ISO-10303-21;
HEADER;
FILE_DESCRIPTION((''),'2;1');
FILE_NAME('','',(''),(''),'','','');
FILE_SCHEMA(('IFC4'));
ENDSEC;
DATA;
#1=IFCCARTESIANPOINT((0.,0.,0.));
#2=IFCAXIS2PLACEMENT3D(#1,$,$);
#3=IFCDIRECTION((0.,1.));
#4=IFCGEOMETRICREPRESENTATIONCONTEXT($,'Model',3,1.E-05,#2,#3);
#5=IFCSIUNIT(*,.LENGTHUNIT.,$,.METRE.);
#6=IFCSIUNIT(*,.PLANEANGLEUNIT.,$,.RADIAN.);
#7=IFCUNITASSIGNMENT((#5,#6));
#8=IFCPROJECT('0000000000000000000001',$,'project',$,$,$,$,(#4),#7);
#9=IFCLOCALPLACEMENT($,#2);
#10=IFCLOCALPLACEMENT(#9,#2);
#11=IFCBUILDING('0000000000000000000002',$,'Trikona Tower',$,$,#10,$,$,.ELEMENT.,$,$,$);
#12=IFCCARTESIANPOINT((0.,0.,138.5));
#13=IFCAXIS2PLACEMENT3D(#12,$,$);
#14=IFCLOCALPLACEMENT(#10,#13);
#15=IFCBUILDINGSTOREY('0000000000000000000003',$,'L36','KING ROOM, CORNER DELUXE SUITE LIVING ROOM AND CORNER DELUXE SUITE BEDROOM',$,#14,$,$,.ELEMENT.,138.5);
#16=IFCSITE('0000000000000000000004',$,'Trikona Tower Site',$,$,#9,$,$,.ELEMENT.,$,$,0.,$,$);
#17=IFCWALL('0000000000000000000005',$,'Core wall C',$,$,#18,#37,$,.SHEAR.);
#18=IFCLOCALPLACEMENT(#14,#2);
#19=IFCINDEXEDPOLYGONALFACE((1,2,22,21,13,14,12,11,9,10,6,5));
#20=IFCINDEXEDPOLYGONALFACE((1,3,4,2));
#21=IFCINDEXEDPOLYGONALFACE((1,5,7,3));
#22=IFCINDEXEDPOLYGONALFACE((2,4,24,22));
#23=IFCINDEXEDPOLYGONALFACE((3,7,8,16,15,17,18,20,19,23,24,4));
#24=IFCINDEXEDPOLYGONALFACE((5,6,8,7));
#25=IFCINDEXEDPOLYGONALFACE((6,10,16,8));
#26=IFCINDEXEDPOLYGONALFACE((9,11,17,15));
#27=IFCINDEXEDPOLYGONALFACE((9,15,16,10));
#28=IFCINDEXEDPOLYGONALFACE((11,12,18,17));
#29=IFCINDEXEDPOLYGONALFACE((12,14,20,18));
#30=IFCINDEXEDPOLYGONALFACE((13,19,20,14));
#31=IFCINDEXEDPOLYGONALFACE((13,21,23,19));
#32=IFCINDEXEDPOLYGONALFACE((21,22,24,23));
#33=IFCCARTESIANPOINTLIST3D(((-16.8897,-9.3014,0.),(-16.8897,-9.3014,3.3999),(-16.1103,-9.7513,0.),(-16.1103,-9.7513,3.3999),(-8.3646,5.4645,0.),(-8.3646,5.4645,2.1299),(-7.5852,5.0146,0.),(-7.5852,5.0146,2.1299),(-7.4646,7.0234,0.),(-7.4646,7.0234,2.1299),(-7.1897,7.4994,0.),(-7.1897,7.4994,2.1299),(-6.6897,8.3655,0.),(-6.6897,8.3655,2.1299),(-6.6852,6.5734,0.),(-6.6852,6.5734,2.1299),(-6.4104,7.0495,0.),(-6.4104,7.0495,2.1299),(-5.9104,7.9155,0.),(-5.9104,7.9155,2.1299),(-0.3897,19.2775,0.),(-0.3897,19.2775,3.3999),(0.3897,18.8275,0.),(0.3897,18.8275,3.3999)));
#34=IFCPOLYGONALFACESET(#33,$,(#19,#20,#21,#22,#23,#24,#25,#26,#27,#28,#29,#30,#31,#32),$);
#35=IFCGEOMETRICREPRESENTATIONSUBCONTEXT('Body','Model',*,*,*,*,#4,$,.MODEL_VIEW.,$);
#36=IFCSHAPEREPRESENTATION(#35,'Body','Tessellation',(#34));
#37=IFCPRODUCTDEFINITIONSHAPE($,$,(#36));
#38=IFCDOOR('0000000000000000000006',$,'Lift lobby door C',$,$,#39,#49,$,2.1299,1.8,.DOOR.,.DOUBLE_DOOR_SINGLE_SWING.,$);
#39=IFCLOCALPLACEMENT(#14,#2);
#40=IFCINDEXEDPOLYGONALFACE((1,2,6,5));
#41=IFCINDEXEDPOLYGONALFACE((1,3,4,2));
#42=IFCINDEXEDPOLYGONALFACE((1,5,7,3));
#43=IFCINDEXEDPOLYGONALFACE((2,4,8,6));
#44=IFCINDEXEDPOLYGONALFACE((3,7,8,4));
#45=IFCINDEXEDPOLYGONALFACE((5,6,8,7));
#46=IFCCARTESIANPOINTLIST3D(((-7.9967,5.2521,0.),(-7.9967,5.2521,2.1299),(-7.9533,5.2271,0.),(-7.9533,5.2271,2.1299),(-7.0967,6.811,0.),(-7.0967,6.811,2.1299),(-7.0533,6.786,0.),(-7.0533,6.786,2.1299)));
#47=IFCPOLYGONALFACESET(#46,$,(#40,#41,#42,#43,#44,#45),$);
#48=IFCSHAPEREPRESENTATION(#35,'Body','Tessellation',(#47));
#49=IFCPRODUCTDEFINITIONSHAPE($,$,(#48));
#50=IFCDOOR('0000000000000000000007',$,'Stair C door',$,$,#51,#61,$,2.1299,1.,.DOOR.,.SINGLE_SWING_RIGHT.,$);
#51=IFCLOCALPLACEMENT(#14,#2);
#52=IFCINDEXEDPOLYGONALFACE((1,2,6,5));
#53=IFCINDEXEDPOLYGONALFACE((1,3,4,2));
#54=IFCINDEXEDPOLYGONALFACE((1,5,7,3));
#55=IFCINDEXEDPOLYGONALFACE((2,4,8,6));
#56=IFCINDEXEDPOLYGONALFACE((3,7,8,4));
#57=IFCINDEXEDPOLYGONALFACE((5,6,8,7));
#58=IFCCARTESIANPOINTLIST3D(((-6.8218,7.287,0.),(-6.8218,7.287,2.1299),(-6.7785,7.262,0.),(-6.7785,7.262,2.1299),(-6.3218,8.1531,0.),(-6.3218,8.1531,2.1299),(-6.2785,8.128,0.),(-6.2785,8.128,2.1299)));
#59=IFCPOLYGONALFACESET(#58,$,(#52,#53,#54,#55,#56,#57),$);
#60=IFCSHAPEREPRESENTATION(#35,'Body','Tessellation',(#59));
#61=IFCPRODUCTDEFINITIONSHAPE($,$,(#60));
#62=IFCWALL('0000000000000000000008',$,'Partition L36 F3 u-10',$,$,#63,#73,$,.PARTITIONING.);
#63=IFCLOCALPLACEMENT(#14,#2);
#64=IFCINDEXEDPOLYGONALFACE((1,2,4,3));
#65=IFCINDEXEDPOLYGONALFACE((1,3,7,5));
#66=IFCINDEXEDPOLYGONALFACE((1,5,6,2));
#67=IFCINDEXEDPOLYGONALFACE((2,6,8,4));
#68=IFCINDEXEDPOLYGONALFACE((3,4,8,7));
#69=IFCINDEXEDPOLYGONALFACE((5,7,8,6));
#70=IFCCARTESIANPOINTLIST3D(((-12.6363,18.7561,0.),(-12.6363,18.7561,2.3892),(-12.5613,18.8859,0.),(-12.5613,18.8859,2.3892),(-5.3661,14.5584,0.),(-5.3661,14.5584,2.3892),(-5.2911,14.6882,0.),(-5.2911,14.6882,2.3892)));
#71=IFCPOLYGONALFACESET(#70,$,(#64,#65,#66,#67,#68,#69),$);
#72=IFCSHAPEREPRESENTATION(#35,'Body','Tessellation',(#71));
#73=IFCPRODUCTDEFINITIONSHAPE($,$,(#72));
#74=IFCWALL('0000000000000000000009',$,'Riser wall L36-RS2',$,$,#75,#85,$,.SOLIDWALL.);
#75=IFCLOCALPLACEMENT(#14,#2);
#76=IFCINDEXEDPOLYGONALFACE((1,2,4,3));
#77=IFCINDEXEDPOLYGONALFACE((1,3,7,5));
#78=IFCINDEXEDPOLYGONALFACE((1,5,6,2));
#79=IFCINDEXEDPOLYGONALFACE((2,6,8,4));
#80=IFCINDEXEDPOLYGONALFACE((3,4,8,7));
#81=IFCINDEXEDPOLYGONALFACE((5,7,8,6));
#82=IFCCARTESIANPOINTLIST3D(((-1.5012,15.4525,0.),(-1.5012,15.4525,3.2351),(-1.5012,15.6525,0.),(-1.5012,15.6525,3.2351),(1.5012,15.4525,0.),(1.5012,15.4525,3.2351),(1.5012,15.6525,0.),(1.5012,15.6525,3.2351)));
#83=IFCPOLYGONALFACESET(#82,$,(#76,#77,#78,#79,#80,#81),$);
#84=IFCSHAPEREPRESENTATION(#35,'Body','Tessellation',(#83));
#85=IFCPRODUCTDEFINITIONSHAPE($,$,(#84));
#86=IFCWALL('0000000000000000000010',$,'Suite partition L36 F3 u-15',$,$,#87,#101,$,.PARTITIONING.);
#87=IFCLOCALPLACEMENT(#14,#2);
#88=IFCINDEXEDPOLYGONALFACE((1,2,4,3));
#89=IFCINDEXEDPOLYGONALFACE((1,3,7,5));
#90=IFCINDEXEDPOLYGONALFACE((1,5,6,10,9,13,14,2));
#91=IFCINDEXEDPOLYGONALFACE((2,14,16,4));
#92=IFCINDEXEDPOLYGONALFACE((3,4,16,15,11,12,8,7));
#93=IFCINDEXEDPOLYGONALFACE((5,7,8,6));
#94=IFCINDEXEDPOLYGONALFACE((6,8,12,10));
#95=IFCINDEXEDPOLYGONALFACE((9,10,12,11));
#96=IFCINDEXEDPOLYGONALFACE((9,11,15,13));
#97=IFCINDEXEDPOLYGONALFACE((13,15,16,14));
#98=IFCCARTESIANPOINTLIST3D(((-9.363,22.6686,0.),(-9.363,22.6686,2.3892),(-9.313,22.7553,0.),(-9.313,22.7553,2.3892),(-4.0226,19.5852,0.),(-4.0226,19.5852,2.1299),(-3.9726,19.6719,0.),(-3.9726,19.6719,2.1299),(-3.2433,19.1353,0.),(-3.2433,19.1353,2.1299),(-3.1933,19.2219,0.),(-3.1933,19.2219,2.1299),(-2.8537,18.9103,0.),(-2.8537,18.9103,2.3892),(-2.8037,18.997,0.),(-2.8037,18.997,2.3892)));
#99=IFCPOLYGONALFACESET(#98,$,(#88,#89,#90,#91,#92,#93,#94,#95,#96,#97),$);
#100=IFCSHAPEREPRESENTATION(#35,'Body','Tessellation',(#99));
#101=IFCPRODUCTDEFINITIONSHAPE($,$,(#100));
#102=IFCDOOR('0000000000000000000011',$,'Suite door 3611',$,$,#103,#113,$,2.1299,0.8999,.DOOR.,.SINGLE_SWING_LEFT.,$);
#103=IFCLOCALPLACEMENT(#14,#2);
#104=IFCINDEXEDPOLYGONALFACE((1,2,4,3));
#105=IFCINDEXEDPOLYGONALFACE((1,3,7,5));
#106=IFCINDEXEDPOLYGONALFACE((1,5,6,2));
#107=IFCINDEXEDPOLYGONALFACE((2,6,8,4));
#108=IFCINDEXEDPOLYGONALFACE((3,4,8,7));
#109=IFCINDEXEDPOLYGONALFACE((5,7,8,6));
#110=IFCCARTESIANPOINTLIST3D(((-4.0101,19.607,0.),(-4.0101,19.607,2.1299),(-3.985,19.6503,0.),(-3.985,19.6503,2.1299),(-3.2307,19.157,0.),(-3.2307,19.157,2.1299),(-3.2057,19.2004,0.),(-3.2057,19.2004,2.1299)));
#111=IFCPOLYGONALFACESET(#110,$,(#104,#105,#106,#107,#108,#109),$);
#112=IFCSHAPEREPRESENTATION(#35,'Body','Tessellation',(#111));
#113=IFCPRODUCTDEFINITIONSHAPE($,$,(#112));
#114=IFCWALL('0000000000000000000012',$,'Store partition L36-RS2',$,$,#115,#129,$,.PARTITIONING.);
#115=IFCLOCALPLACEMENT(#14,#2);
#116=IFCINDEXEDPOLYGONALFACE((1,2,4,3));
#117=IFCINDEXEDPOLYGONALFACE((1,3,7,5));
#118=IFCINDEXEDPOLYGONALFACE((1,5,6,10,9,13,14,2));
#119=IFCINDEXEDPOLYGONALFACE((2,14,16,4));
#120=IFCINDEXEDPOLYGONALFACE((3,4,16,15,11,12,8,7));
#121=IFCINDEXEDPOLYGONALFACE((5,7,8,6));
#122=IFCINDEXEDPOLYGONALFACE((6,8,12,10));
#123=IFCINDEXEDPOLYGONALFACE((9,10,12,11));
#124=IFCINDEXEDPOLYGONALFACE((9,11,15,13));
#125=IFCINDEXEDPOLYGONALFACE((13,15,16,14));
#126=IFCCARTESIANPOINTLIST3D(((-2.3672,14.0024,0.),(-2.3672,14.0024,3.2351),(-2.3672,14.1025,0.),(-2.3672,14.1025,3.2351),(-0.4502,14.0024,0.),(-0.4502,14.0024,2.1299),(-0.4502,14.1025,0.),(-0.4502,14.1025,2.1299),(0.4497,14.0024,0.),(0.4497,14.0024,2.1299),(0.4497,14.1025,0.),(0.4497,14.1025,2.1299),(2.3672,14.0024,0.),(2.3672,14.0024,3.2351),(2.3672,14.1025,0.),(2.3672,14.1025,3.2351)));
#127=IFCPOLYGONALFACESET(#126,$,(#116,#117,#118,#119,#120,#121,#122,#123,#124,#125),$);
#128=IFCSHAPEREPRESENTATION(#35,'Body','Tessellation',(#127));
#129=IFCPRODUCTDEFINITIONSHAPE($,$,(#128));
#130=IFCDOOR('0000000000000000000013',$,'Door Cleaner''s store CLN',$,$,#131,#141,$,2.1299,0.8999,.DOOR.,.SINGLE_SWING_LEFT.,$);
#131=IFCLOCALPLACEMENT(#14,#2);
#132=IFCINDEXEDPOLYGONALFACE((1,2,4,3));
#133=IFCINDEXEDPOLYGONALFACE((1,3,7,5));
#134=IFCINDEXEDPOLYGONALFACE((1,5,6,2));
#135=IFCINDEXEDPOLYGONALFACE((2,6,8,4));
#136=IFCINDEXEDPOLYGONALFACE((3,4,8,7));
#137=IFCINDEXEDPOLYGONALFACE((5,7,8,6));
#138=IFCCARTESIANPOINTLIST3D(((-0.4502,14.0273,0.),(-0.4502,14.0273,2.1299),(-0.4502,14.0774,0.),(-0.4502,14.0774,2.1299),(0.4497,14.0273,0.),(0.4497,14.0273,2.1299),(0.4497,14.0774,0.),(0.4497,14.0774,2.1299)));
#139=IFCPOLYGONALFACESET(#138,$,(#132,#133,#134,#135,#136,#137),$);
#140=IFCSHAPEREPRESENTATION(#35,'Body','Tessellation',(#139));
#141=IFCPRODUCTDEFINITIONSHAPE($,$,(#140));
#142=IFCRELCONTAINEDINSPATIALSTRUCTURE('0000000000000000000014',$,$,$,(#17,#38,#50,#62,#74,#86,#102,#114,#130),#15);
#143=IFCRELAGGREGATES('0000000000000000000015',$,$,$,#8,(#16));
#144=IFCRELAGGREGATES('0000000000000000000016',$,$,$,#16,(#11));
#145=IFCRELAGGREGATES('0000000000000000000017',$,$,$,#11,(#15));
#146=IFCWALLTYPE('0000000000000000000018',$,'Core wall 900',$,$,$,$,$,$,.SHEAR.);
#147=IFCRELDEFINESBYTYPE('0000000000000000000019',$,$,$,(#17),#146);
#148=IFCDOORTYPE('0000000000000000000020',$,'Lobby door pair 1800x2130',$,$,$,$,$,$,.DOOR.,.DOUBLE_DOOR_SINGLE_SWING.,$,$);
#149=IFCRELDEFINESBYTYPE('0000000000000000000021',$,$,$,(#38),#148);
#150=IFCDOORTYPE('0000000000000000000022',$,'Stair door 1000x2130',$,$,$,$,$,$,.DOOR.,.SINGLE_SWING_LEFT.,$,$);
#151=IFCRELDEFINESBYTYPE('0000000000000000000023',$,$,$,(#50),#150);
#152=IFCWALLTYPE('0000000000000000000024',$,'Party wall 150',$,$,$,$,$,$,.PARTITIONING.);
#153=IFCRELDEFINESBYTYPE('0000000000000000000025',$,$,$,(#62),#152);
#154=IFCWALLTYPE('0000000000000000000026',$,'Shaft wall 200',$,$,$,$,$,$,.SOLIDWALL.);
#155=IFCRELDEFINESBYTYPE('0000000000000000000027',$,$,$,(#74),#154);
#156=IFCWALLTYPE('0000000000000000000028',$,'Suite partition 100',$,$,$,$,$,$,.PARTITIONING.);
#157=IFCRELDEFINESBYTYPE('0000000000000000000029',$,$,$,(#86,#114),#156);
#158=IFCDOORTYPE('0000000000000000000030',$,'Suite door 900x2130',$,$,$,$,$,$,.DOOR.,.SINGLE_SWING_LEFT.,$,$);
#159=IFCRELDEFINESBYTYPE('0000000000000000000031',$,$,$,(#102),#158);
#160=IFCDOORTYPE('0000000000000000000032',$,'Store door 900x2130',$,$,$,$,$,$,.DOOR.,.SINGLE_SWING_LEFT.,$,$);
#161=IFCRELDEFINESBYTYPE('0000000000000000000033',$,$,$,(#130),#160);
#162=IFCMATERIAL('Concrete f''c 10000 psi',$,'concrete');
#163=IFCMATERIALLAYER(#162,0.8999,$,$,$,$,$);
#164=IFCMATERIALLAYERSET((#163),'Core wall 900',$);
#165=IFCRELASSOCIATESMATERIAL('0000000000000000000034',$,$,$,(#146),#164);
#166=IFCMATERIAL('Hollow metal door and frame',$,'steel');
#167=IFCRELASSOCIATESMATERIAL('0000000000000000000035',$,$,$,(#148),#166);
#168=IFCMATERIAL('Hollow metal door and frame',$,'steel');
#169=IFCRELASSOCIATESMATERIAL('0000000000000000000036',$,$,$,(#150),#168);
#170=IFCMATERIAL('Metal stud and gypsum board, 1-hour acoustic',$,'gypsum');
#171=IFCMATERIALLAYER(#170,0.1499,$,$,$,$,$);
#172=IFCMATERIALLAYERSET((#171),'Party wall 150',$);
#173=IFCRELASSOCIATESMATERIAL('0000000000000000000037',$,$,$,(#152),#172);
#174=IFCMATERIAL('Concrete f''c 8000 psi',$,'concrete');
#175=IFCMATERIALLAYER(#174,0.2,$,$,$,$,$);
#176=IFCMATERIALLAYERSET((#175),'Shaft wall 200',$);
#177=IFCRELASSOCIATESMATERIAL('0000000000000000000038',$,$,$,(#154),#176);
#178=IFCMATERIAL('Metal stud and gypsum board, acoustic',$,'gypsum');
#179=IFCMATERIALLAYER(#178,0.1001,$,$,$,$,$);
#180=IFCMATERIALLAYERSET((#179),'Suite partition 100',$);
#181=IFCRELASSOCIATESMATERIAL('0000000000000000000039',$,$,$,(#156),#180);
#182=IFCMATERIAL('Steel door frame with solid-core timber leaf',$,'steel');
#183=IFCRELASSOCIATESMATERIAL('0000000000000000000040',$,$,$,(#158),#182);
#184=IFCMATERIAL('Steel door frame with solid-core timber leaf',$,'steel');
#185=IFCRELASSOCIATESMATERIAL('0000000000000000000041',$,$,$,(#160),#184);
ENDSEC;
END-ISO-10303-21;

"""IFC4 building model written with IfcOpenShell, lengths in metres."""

from ifc_helpers import new_model, si_unit, direction, frame, frame_2d, origin, place, context, subcontext, project, spatial, rectangle, extrude, material, layer, layer_set, type_object, element, fill, save


model = new_model("IFC4")

# Units and contexts
model_context = context("Model", 3, precision=1e-05, world=origin(), true_north=direction((0.0, 1.0)))
body_context = subcontext(model_context, "Body", "Model", "MODEL_VIEW")
ifc_project = project(units=[si_unit("LENGTHUNIT", "METRE"), si_unit("PLANEANGLEUNIT", "RADIAN")], contexts=[model_context])

# Site, building, storey
site_placement = place(None, origin())
site = spatial("IfcSite", under=ifc_project, at=site_placement, Name="Trikona Tower Site", CompositionType="ELEMENT", RefElevation=0.0)
building_placement = place(site_placement, origin())
building = spatial("IfcBuilding", under=site, at=building_placement, Name="Trikona Tower", CompositionType="ELEMENT")
storey_placement = place(building_placement, frame((0.0, 0.0, 138.5)))
storey = spatial("IfcBuildingStorey", under=building, at=storey_placement, Name="L36", Description="KING ROOM, CORNER DELUXE SUITE LIVING ROOM AND CORNER DELUXE SUITE BEDROOM", CompositionType="ELEMENT", Elevation=138.5)

# Wall, openings, doors
ifc_material_1 = material(Name="Concrete f'c 10000 psi", Category="concrete")
ifc_layer_1 = layer(ifc_material_1, 0.8999)
ifc_layer_set_1 = layer_set([ifc_layer_1], Name="Core wall 900")
wall_type_1 = type_object("IfcWallType", Name="Core wall 900", PredefinedType="SHEAR", material=ifc_layer_set_1)
wall_1_placement = place(storey_placement, frame((0.0, 19.0525, 0.0), z_axis=(0.0, 0.0, 1.0), x_axis=(-0.5, -0.866026, 0.0)))
wall_1 = element("IfcWall", 1, at=wall_1_placement, inside=storey, type_object=wall_type_1, Name="Core wall C", PredefinedType="SHEAR", context=body_context, shape_type="SweptSolid", body=[
    extrude(rectangle(XDim=33.0, YDim=0.8999, at=frame_2d((16.5, 0.0))), origin(), (0.0, 0.0, 1.0), 3.3999),
])
opening_1_placement = place(wall_1_placement, frame((14.1499, 0.0, 0.0)))
opening_1 = element("IfcOpeningElement", 2, at=opening_1_placement, cuts=wall_1, PredefinedType="OPENING", context=body_context, shape_type="SweptSolid", body=[
    extrude(rectangle(XDim=1.8, YDim=2.1299, at=frame_2d((0.8999, 1.0649))), frame((0.0, 0.46, 0.0), z_axis=(0.0, -1.0, 0.0), x_axis=(1.0, 0.0, 0.0)), (0.0, 0.0, 1.0), 0.9199),
])
opening_2_placement = place(wall_1_placement, frame((12.6001, 0.0, 0.0)))
opening_2 = element("IfcOpeningElement", 3, at=opening_2_placement, cuts=wall_1, PredefinedType="OPENING", context=body_context, shape_type="SweptSolid", body=[
    extrude(rectangle(XDim=1.0, YDim=2.1299, at=frame_2d((0.5, 1.0649))), frame((0.0, 0.46, 0.0), z_axis=(0.0, -1.0, 0.0), x_axis=(1.0, 0.0, 0.0)), (0.0, 0.0, 1.0), 0.9199),
])
ifc_material_2 = material(Name="Hollow metal door and frame", Category="steel")
door_type_1 = type_object("IfcDoorType", Name="Lobby door pair 1800x2130", OperationType="DOUBLE_DOOR_SINGLE_SWING", PredefinedType="DOOR", material=ifc_material_2)
door_1_placement = place(opening_1_placement, origin())
door_1 = element("IfcDoor", 4, at=door_1_placement, inside=storey, type_object=door_type_1, Name="Lift lobby door C", OperationType="DOUBLE_DOOR_SINGLE_SWING", OverallHeight=2.1299, OverallWidth=1.8, PredefinedType="DOOR", context=body_context, shape_type="SweptSolid", body=[
    extrude(rectangle(XDim=1.8, YDim=2.1299, at=frame_2d((0.8999, 1.0649))), frame((0.0, 0.0249, 0.0), z_axis=(0.0, -1.0, 0.0), x_axis=(1.0, 0.0, 0.0)), (0.0, 0.0, 1.0), 0.05),
])
fill(opening_1, door_1)
ifc_material_3 = material(Name="Hollow metal door and frame", Category="steel")
door_type_2 = type_object("IfcDoorType", Name="Stair door 1000x2130", OperationType="SINGLE_SWING_LEFT", PredefinedType="DOOR", material=ifc_material_3)
door_2_placement = place(opening_2_placement, origin())
door_2 = element("IfcDoor", 5, at=door_2_placement, inside=storey, type_object=door_type_2, Name="Stair C door", OperationType="SINGLE_SWING_RIGHT", OverallHeight=2.1299, OverallWidth=1.0, PredefinedType="DOOR", context=body_context, shape_type="SweptSolid", body=[
    extrude(rectangle(XDim=1.0, YDim=2.1299, at=frame_2d((0.5, 1.0649))), frame((0.0, 0.0249, 0.0), z_axis=(0.0, -1.0, 0.0), x_axis=(1.0, 0.0, 0.0)), (0.0, 0.0, 1.0), 0.05),
])
fill(opening_2, door_2)

# Walls
ifc_material_4 = material(Name="Metal stud and gypsum board, 1-hour acoustic", Category="gypsum")
ifc_layer_2 = layer(ifc_material_4, 0.1499)
ifc_layer_set_2 = layer_set([ifc_layer_2], Name="Party wall 150")
wall_type_2 = type_object("IfcWallType", Name="Party wall 150", PredefinedType="PARTITIONING", material=ifc_layer_set_2)
wall_2_placement = place(storey_placement, frame((-5.3286, 14.6233, 0.0), z_axis=(0.0, 0.0, 1.0), x_axis=(-0.866012, 0.500024, 0.0)))
element("IfcWall", 6, at=wall_2_placement, inside=storey, type_object=wall_type_2, Name="Partition L36 F3 u-10", PredefinedType="PARTITIONING", context=body_context, shape_type="SweptSolid", body=[
    extrude(rectangle(XDim=8.395, YDim=0.1499, at=frame_2d((4.1975, 0.0))), origin(), (0.0, 0.0, 1.0), 2.3892),
])
ifc_material_5 = material(Name="Concrete f'c 8000 psi", Category="concrete")
ifc_layer_3 = layer(ifc_material_5, 0.2)
ifc_layer_set_3 = layer_set([ifc_layer_3], Name="Shaft wall 200")
wall_type_3 = type_object("IfcWallType", Name="Shaft wall 200", PredefinedType="SOLIDWALL", material=ifc_layer_set_3)
wall_3_placement = place(storey_placement, frame((-1.5012, 15.5525, 0.0), z_axis=(0.0, 0.0, 1.0), x_axis=(1.0, 0.0, 0.0)))
element("IfcWall", 7, at=wall_3_placement, inside=storey, type_object=wall_type_3, Name="Riser wall L36-RS2", PredefinedType="SOLIDWALL", context=body_context, shape_type="SweptSolid", body=[
    extrude(rectangle(XDim=3.0024, YDim=0.2, at=frame_2d((1.5012, 0.0))), origin(), (0.0, 0.0, 1.0), 3.2351),
])

# Walls, openings, doors
ifc_material_6 = material(Name="Metal stud and gypsum board, acoustic", Category="gypsum")
ifc_layer_4 = layer(ifc_material_6, 0.1001)
ifc_layer_set_4 = layer_set([ifc_layer_4], Name="Suite partition 100")
wall_type_4 = type_object("IfcWallType", Name="Suite partition 100", PredefinedType="PARTITIONING", material=ifc_layer_set_4)
wall_4_placement = place(storey_placement, frame((-2.8286, 18.9536, 0.0), z_axis=(0.0, 0.0, 1.0), x_axis=(-0.866016, 0.500017, 0.0)))
wall_4 = element("IfcWall", 8, at=wall_4_placement, inside=storey, type_object=wall_type_4, Name="Suite partition L36 F3 u-15", PredefinedType="PARTITIONING", context=body_context, shape_type="SweptSolid", body=[
    extrude(rectangle(XDim=7.5164, YDim=0.1001, at=frame_2d((3.7583, 0.0))), origin(), (0.0, 0.0, 1.0), 2.3892),
])
opening_3_placement = place(wall_4_placement, frame((0.45, 0.0, 0.0)))
opening_3 = element("IfcOpeningElement", 9, at=opening_3_placement, cuts=wall_4, PredefinedType="OPENING", context=body_context, shape_type="SweptSolid", body=[
    extrude(rectangle(XDim=0.8999, YDim=2.1299, at=frame_2d((0.45, 1.0649))), frame((0.0, 0.0601, 0.0), z_axis=(0.0, -1.0, 0.0), x_axis=(1.0, 0.0, 0.0)), (0.0, 0.0, 1.0), 0.1201),
])
ifc_material_7 = material(Name="Steel door frame with solid-core timber leaf", Category="steel")
door_type_3 = type_object("IfcDoorType", Name="Suite door 900x2130", OperationType="SINGLE_SWING_LEFT", PredefinedType="DOOR", material=ifc_material_7)
door_3_placement = place(opening_3_placement, origin())
door_3 = element("IfcDoor", 10, at=door_3_placement, inside=storey, type_object=door_type_3, Name="Suite door 3611", OperationType="SINGLE_SWING_LEFT", OverallHeight=2.1299, OverallWidth=0.8999, PredefinedType="DOOR", context=body_context, shape_type="SweptSolid", body=[
    extrude(rectangle(XDim=0.8999, YDim=2.1299, at=frame_2d((0.45, 1.0649))), frame((0.0, 0.0249, 0.0), z_axis=(0.0, -1.0, 0.0), x_axis=(1.0, 0.0, 0.0)), (0.0, 0.0, 1.0), 0.05),
])
fill(opening_3, door_3)
wall_5_placement = place(storey_placement, frame((-2.3672, 14.0525, 0.0), z_axis=(0.0, 0.0, 1.0), x_axis=(1.0, 0.0, 0.0)))
wall_5 = element("IfcWall", 11, at=wall_5_placement, inside=storey, type_object=wall_type_4, Name="Store partition L36-RS2", PredefinedType="PARTITIONING", context=body_context, shape_type="SweptSolid", body=[
    extrude(rectangle(XDim=4.7344, YDim=0.1001, at=frame_2d((2.3672, 0.0))), origin(), (0.0, 0.0, 1.0), 3.2351),
])
opening_4_placement = place(wall_5_placement, frame((1.917, 0.0, 0.0)))
opening_4 = element("IfcOpeningElement", 12, at=opening_4_placement, cuts=wall_5, PredefinedType="OPENING", context=body_context, shape_type="SweptSolid", body=[
    extrude(rectangle(XDim=0.8999, YDim=2.1299, at=frame_2d((0.45, 1.0649))), frame((0.0, 0.0601, 0.0), z_axis=(0.0, -1.0, 0.0), x_axis=(1.0, 0.0, 0.0)), (0.0, 0.0, 1.0), 0.1201),
])
ifc_material_8 = material(Name="Steel door frame with solid-core timber leaf", Category="steel")
door_type_4 = type_object("IfcDoorType", Name="Store door 900x2130", OperationType="SINGLE_SWING_LEFT", PredefinedType="DOOR", material=ifc_material_8)
door_4_placement = place(opening_4_placement, origin())
door_4 = element("IfcDoor", 13, at=door_4_placement, inside=storey, type_object=door_type_4, Name="Door Cleaner's store CLN", OperationType="SINGLE_SWING_LEFT", OverallHeight=2.1299, OverallWidth=0.8999, PredefinedType="DOOR", context=body_context, shape_type="SweptSolid", body=[
    extrude(rectangle(XDim=0.8999, YDim=2.1299, at=frame_2d((0.45, 1.0649))), frame((0.0, 0.0249, 0.0), z_axis=(0.0, -1.0, 0.0), x_axis=(1.0, 0.0, 0.0)), (0.0, 0.0, 1.0), 0.05),
])
fill(opening_4, door_4)

save(model, "model.ifc")
